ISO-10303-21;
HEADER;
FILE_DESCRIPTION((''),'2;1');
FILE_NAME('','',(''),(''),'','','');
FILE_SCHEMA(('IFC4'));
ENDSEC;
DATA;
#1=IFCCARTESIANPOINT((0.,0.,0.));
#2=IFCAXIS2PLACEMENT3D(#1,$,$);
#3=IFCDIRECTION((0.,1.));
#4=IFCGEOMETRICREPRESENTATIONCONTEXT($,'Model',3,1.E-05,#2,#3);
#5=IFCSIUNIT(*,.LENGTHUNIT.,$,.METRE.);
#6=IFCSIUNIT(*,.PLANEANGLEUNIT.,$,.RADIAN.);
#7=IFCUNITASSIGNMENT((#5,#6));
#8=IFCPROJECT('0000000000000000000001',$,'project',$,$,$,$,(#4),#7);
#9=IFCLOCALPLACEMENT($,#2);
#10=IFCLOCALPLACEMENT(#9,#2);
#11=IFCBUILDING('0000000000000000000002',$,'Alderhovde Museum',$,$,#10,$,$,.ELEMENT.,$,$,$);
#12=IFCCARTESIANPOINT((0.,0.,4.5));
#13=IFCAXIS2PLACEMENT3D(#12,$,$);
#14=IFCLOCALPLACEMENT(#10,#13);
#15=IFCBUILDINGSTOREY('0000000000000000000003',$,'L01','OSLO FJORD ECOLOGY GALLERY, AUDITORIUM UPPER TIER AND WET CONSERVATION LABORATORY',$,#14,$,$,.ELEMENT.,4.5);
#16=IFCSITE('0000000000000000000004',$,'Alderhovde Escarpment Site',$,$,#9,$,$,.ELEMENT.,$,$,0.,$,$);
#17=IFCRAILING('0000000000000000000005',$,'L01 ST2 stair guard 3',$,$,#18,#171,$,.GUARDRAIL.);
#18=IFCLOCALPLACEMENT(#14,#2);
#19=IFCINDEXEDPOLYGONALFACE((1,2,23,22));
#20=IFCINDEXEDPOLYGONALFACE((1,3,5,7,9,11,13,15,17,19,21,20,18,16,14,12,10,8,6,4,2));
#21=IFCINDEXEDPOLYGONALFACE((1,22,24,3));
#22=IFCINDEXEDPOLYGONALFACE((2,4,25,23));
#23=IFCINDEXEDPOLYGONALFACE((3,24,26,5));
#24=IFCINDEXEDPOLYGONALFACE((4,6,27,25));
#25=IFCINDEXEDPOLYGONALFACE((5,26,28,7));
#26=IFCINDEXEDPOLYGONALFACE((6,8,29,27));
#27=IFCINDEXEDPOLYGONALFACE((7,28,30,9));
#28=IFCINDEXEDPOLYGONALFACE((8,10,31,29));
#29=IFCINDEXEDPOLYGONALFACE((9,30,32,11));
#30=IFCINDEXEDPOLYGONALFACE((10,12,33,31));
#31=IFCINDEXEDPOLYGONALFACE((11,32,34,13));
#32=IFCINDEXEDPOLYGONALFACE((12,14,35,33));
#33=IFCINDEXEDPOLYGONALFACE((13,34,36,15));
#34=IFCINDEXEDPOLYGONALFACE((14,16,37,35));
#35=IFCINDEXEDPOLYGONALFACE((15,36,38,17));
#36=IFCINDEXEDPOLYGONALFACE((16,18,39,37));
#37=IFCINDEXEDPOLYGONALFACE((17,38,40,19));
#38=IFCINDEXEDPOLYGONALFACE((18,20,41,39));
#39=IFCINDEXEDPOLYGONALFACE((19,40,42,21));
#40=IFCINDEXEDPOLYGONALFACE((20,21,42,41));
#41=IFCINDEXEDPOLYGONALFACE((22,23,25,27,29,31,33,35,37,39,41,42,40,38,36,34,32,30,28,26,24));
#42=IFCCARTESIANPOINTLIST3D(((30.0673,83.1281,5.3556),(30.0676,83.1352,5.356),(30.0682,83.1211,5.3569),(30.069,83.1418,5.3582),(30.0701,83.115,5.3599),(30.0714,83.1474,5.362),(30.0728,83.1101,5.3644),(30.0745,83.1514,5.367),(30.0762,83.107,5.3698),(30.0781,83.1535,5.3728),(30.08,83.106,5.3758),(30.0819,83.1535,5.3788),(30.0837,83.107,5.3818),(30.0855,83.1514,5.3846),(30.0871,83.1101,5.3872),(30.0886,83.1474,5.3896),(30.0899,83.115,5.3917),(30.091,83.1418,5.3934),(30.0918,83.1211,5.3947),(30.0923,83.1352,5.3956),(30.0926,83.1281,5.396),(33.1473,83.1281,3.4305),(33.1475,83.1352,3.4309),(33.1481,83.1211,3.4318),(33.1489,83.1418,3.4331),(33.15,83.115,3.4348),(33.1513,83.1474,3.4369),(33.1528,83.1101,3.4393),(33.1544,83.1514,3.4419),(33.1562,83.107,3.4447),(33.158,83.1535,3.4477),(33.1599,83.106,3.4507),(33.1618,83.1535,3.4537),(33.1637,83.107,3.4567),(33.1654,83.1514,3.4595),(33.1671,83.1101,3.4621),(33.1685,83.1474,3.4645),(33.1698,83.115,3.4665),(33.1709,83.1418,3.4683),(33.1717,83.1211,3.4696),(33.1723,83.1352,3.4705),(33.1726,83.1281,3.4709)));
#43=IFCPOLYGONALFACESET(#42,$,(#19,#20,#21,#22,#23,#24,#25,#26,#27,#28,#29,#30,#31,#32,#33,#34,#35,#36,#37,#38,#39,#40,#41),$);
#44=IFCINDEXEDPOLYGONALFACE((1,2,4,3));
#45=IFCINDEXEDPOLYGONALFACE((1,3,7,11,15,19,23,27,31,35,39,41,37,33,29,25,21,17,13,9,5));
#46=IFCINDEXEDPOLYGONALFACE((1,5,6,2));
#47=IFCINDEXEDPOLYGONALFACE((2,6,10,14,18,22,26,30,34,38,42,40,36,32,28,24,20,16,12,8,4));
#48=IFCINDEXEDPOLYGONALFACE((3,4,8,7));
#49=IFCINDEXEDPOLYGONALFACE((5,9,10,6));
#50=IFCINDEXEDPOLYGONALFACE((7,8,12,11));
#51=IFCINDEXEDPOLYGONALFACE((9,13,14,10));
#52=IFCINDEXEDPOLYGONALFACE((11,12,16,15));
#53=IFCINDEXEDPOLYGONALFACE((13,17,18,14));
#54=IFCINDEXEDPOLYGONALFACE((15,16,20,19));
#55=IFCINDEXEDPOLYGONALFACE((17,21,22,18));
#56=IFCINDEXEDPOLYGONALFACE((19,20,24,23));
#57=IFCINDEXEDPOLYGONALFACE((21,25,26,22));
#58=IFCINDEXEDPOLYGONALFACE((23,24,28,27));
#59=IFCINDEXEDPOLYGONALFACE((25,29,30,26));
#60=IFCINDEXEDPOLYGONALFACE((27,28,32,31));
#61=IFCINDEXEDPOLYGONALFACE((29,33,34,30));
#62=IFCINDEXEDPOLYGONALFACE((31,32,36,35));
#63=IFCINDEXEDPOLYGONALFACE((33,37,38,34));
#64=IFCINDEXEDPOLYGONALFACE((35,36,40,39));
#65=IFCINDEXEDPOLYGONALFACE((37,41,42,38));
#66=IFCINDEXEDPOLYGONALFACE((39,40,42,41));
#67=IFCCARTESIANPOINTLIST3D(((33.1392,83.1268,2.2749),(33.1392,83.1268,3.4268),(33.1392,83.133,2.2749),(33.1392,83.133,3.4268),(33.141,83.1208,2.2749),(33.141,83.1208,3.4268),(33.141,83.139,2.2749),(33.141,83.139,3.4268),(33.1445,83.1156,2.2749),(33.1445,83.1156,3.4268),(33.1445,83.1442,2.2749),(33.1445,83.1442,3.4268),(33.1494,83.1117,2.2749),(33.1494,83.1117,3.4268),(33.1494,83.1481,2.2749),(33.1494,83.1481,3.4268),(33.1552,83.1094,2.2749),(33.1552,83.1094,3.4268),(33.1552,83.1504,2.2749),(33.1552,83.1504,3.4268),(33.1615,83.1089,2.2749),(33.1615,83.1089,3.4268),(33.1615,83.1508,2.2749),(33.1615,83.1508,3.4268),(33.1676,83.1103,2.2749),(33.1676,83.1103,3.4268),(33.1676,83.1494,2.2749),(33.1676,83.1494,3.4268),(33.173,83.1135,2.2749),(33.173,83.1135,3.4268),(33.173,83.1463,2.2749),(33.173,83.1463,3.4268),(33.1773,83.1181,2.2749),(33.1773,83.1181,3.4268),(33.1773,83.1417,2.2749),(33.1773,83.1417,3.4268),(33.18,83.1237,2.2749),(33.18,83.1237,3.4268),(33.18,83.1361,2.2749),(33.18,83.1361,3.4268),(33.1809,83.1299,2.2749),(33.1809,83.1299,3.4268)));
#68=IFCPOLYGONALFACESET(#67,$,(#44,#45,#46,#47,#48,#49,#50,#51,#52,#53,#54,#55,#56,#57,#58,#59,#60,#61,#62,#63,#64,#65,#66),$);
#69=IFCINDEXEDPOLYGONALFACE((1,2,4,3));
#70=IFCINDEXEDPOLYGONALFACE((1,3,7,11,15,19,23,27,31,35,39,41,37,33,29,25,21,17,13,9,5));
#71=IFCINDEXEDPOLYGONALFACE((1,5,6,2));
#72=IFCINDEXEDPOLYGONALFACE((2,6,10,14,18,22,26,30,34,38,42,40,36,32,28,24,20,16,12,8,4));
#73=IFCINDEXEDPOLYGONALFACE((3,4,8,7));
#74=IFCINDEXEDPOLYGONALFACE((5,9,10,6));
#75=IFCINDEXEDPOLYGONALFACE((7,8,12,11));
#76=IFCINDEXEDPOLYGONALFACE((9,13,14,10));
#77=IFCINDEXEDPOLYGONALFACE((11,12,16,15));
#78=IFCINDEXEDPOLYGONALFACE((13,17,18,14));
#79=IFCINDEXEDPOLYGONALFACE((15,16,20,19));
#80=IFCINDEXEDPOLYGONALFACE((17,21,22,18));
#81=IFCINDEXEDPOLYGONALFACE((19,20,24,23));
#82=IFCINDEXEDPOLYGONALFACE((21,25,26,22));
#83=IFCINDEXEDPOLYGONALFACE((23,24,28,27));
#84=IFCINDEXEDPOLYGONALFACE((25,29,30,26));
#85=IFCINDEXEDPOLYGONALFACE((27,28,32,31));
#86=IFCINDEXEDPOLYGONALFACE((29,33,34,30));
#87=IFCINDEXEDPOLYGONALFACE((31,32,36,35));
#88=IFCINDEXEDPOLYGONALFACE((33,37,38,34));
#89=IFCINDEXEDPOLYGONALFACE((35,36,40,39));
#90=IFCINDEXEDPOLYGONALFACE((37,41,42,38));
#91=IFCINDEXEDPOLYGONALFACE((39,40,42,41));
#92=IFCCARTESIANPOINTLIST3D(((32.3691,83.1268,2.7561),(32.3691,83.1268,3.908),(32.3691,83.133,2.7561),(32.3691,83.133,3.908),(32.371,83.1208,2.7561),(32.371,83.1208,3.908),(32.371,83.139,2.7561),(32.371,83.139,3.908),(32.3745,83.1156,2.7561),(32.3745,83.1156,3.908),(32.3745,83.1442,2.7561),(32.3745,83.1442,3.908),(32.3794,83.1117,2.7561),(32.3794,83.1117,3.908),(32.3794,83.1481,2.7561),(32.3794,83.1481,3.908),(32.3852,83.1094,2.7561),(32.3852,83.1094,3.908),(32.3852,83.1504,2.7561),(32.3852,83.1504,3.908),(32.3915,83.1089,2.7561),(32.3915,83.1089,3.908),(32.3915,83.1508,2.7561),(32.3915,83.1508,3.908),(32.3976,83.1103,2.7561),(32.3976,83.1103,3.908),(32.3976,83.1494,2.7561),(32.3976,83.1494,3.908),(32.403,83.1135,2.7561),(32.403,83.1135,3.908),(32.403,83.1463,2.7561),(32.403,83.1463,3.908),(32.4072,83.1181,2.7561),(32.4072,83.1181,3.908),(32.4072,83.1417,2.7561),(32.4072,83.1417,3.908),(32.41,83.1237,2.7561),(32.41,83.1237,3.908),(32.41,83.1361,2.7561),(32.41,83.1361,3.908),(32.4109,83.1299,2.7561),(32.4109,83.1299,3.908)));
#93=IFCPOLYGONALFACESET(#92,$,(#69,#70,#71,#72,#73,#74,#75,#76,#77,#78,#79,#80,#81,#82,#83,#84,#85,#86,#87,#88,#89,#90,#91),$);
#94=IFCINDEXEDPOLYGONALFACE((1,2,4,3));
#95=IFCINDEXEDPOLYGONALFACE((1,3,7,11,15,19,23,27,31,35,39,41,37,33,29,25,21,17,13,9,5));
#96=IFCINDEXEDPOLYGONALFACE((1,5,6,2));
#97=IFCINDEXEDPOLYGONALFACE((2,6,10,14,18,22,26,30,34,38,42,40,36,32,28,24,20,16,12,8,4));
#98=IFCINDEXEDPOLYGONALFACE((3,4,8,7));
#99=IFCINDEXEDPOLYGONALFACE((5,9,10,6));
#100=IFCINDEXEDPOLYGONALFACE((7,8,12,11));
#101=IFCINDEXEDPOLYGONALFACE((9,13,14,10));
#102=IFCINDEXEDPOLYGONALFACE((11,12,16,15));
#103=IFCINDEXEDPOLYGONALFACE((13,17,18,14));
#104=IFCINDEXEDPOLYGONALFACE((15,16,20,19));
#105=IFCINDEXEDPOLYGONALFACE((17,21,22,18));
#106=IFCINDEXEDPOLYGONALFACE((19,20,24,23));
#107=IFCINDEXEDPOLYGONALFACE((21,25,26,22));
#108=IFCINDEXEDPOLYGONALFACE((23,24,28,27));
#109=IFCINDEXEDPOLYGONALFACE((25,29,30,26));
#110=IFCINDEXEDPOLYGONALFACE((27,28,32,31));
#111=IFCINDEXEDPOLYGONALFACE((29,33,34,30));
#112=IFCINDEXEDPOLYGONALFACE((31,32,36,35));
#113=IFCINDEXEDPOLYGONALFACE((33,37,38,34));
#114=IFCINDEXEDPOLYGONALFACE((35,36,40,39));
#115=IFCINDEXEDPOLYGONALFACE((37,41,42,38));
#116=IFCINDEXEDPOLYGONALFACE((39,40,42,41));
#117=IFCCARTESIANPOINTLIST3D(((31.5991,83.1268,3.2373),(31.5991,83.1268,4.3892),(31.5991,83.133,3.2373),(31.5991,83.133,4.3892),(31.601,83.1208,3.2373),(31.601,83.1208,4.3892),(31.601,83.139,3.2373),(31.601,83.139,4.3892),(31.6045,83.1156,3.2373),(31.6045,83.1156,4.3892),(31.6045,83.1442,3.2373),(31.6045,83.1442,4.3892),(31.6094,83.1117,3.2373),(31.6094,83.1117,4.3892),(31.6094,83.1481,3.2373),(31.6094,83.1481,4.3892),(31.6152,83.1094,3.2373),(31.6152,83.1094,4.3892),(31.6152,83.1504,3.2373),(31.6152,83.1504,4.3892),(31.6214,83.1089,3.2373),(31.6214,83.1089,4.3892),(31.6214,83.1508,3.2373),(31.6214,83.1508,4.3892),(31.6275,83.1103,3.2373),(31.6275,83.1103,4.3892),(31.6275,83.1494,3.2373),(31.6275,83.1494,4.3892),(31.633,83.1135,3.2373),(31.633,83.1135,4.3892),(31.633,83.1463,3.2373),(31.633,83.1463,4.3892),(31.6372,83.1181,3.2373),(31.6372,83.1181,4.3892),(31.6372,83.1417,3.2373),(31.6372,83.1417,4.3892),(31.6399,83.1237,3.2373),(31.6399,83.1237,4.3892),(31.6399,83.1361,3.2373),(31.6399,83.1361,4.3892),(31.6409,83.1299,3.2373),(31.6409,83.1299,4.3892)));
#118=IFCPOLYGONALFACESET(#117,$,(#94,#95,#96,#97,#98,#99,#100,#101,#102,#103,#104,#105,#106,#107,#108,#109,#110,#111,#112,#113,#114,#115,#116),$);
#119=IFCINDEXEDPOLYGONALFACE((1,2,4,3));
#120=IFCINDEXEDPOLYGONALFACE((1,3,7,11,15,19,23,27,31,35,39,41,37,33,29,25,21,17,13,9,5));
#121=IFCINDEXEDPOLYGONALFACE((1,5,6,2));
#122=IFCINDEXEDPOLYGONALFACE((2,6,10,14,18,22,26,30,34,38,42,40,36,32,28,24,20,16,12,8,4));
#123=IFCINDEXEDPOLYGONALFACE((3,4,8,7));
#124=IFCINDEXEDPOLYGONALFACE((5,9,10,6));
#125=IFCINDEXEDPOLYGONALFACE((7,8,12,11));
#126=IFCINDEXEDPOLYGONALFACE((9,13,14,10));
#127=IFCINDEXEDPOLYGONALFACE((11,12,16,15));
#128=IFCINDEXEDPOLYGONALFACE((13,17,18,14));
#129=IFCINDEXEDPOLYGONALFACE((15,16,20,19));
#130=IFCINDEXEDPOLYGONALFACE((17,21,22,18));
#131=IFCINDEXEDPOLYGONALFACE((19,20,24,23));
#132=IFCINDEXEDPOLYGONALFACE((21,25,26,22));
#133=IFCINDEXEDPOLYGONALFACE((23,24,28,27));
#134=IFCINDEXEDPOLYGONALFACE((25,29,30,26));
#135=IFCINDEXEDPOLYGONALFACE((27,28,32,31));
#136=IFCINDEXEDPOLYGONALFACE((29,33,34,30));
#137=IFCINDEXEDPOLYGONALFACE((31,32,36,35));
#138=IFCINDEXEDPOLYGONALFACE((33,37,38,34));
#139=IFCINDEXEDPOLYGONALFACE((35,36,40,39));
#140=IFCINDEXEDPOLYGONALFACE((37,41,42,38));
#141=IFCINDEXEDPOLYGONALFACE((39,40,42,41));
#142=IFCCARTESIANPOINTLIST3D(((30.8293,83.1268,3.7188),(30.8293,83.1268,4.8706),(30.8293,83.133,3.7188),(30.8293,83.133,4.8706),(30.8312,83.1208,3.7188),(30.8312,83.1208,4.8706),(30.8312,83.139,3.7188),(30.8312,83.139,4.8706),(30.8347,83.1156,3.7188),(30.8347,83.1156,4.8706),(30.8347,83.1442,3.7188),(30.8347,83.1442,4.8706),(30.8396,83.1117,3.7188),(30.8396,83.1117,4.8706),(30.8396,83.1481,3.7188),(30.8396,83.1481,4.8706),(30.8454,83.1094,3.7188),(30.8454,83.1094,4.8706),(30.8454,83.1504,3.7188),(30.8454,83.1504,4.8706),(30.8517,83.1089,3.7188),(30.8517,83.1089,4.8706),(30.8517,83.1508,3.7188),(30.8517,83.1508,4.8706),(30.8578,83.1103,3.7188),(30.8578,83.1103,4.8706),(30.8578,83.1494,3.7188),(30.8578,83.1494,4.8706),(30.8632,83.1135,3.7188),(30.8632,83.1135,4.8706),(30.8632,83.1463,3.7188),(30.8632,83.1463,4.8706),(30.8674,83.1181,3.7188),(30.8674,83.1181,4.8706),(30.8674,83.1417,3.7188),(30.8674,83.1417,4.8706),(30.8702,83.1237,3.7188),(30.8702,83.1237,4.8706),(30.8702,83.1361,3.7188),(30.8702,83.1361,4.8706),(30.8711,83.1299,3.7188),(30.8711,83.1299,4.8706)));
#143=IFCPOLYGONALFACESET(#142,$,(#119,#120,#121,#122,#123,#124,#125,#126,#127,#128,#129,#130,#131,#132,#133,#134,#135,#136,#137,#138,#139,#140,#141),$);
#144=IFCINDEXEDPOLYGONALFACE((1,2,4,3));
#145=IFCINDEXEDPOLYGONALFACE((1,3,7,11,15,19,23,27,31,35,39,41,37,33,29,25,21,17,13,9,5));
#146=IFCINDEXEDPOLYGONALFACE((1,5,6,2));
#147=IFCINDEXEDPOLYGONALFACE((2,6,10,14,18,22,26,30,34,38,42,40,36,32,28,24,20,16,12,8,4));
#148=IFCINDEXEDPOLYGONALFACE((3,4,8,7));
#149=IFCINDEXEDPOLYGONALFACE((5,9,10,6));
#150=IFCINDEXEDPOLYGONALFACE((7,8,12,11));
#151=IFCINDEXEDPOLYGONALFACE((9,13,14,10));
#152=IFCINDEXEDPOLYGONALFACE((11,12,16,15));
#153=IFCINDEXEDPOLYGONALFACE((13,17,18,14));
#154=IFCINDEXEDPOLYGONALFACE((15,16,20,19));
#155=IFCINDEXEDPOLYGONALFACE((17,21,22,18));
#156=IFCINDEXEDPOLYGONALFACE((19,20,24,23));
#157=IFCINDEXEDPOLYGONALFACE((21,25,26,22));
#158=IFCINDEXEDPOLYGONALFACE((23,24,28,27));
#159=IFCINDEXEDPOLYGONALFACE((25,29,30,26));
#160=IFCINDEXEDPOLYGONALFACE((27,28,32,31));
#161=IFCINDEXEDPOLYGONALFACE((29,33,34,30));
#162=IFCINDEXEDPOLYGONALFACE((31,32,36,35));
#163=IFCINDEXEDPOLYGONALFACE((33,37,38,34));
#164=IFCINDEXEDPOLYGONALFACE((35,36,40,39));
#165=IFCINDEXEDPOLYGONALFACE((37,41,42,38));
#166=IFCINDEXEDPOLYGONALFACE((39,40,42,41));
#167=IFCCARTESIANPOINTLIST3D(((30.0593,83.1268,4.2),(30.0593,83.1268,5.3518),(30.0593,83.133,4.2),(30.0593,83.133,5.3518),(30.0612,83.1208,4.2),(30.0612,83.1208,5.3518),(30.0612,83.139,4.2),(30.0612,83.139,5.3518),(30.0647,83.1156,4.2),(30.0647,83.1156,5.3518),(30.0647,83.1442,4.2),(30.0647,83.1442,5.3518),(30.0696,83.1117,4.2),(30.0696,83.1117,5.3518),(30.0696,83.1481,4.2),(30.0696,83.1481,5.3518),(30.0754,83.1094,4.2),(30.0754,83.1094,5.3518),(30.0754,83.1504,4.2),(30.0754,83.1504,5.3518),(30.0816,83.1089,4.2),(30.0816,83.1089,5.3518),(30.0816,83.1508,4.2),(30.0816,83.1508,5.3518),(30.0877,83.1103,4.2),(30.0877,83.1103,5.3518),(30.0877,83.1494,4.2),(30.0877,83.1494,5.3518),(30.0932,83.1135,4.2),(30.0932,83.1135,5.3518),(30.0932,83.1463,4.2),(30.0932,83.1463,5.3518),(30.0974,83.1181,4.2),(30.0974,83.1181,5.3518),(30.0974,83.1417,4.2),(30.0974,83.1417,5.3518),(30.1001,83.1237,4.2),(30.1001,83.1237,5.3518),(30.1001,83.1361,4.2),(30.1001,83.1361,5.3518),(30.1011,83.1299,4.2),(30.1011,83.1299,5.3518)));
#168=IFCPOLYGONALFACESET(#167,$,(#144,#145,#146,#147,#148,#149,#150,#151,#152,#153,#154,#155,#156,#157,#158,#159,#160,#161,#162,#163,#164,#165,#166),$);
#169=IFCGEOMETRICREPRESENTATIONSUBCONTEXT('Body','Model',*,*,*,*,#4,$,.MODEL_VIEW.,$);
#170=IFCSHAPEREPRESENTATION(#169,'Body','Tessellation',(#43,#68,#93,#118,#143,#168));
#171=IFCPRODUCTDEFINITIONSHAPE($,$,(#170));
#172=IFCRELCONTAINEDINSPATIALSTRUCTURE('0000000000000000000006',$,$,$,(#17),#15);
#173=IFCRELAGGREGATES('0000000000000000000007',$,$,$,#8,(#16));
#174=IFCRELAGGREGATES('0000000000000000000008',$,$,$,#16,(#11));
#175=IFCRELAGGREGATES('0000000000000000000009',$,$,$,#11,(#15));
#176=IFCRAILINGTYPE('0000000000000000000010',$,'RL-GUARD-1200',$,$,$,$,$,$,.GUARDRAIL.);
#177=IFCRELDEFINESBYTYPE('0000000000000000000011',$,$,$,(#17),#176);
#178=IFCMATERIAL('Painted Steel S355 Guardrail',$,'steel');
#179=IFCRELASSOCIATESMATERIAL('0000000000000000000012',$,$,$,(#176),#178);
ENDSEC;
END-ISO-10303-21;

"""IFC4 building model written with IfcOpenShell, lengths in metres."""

from ifc_helpers import new_model, si_unit, direction, frame, origin, origin_2d, place, context, subcontext, project, spatial, circle, extrude, material, type_object, element, save


model = new_model("IFC4")

# Units and contexts
model_context = context("Model", 3, precision=1e-05, world=origin(), true_north=direction((0.0, 1.0)))
body_context = subcontext(model_context, "Body", "Model", "MODEL_VIEW")
ifc_project = project(units=[si_unit("LENGTHUNIT", "METRE"), si_unit("PLANEANGLEUNIT", "RADIAN")], contexts=[model_context])

# Site, building, storey
site_placement = place(None, origin())
site = spatial("IfcSite", under=ifc_project, at=site_placement, Name="Alderhovde Escarpment Site", CompositionType="ELEMENT", RefElevation=0.0)
building_placement = place(site_placement, origin())
building = spatial("IfcBuilding", under=site, at=building_placement, Name="Alderhovde Museum", CompositionType="ELEMENT")
storey_placement = place(building_placement, frame((0.0, 0.0, 4.5)))
storey = spatial("IfcBuildingStorey", under=building, at=storey_placement, Name="L01", Description="OSLO FJORD ECOLOGY GALLERY, AUDITORIUM UPPER TIER AND WET CONSERVATION LABORATORY", CompositionType="ELEMENT", Elevation=4.5)

# Railing
ifc_material_1 = material(Name="Painted Steel S355 Guardrail", Category="steel")
railing_type_1 = type_object("IfcRailingType", Name="RL-GUARD-1200", PredefinedType="GUARDRAIL", material=ifc_material_1)
railing_1_placement = place(storey_placement, frame((33.1599, 83.1299, 2.2749)))
element("IfcRailing", 1, at=railing_1_placement, inside=storey, type_object=railing_type_1, Name="L01 ST2 stair guard 3", PredefinedType="GUARDRAIL", context=body_context, shape_type="SweptSolid", body=[
    extrude(circle(Radius=0.0239, at=origin_2d()), frame((0.0, 0.0, 1.1758), z_axis=(-0.847979, 0.0, 0.530029), x_axis=(0.0, -1.0, 0.0)), (0.0, 0.0, 1.0), 3.6321),
    extrude(circle(Radius=0.021, at=origin_2d()), origin(), (0.0, 0.0, 1.0), 1.1519),
    extrude(circle(Radius=0.021, at=origin_2d()), frame((-0.77, 0.0, 0.4812)), (0.0, 0.0, 1.0), 1.1519),
    extrude(circle(Radius=0.021, at=origin_2d()), frame((-1.54, 0.0, 0.9624)), (0.0, 0.0, 1.0), 1.1519),
    extrude(circle(Radius=0.021, at=origin_2d()), frame((-2.3098, 0.0, 1.4438)), (0.0, 0.0, 1.0), 1.1519),
    extrude(circle(Radius=0.021, at=origin_2d()), frame((-3.0798, 0.0, 1.925)), (0.0, 0.0, 1.0), 1.1519),
])

save(model, "model.ifc")
